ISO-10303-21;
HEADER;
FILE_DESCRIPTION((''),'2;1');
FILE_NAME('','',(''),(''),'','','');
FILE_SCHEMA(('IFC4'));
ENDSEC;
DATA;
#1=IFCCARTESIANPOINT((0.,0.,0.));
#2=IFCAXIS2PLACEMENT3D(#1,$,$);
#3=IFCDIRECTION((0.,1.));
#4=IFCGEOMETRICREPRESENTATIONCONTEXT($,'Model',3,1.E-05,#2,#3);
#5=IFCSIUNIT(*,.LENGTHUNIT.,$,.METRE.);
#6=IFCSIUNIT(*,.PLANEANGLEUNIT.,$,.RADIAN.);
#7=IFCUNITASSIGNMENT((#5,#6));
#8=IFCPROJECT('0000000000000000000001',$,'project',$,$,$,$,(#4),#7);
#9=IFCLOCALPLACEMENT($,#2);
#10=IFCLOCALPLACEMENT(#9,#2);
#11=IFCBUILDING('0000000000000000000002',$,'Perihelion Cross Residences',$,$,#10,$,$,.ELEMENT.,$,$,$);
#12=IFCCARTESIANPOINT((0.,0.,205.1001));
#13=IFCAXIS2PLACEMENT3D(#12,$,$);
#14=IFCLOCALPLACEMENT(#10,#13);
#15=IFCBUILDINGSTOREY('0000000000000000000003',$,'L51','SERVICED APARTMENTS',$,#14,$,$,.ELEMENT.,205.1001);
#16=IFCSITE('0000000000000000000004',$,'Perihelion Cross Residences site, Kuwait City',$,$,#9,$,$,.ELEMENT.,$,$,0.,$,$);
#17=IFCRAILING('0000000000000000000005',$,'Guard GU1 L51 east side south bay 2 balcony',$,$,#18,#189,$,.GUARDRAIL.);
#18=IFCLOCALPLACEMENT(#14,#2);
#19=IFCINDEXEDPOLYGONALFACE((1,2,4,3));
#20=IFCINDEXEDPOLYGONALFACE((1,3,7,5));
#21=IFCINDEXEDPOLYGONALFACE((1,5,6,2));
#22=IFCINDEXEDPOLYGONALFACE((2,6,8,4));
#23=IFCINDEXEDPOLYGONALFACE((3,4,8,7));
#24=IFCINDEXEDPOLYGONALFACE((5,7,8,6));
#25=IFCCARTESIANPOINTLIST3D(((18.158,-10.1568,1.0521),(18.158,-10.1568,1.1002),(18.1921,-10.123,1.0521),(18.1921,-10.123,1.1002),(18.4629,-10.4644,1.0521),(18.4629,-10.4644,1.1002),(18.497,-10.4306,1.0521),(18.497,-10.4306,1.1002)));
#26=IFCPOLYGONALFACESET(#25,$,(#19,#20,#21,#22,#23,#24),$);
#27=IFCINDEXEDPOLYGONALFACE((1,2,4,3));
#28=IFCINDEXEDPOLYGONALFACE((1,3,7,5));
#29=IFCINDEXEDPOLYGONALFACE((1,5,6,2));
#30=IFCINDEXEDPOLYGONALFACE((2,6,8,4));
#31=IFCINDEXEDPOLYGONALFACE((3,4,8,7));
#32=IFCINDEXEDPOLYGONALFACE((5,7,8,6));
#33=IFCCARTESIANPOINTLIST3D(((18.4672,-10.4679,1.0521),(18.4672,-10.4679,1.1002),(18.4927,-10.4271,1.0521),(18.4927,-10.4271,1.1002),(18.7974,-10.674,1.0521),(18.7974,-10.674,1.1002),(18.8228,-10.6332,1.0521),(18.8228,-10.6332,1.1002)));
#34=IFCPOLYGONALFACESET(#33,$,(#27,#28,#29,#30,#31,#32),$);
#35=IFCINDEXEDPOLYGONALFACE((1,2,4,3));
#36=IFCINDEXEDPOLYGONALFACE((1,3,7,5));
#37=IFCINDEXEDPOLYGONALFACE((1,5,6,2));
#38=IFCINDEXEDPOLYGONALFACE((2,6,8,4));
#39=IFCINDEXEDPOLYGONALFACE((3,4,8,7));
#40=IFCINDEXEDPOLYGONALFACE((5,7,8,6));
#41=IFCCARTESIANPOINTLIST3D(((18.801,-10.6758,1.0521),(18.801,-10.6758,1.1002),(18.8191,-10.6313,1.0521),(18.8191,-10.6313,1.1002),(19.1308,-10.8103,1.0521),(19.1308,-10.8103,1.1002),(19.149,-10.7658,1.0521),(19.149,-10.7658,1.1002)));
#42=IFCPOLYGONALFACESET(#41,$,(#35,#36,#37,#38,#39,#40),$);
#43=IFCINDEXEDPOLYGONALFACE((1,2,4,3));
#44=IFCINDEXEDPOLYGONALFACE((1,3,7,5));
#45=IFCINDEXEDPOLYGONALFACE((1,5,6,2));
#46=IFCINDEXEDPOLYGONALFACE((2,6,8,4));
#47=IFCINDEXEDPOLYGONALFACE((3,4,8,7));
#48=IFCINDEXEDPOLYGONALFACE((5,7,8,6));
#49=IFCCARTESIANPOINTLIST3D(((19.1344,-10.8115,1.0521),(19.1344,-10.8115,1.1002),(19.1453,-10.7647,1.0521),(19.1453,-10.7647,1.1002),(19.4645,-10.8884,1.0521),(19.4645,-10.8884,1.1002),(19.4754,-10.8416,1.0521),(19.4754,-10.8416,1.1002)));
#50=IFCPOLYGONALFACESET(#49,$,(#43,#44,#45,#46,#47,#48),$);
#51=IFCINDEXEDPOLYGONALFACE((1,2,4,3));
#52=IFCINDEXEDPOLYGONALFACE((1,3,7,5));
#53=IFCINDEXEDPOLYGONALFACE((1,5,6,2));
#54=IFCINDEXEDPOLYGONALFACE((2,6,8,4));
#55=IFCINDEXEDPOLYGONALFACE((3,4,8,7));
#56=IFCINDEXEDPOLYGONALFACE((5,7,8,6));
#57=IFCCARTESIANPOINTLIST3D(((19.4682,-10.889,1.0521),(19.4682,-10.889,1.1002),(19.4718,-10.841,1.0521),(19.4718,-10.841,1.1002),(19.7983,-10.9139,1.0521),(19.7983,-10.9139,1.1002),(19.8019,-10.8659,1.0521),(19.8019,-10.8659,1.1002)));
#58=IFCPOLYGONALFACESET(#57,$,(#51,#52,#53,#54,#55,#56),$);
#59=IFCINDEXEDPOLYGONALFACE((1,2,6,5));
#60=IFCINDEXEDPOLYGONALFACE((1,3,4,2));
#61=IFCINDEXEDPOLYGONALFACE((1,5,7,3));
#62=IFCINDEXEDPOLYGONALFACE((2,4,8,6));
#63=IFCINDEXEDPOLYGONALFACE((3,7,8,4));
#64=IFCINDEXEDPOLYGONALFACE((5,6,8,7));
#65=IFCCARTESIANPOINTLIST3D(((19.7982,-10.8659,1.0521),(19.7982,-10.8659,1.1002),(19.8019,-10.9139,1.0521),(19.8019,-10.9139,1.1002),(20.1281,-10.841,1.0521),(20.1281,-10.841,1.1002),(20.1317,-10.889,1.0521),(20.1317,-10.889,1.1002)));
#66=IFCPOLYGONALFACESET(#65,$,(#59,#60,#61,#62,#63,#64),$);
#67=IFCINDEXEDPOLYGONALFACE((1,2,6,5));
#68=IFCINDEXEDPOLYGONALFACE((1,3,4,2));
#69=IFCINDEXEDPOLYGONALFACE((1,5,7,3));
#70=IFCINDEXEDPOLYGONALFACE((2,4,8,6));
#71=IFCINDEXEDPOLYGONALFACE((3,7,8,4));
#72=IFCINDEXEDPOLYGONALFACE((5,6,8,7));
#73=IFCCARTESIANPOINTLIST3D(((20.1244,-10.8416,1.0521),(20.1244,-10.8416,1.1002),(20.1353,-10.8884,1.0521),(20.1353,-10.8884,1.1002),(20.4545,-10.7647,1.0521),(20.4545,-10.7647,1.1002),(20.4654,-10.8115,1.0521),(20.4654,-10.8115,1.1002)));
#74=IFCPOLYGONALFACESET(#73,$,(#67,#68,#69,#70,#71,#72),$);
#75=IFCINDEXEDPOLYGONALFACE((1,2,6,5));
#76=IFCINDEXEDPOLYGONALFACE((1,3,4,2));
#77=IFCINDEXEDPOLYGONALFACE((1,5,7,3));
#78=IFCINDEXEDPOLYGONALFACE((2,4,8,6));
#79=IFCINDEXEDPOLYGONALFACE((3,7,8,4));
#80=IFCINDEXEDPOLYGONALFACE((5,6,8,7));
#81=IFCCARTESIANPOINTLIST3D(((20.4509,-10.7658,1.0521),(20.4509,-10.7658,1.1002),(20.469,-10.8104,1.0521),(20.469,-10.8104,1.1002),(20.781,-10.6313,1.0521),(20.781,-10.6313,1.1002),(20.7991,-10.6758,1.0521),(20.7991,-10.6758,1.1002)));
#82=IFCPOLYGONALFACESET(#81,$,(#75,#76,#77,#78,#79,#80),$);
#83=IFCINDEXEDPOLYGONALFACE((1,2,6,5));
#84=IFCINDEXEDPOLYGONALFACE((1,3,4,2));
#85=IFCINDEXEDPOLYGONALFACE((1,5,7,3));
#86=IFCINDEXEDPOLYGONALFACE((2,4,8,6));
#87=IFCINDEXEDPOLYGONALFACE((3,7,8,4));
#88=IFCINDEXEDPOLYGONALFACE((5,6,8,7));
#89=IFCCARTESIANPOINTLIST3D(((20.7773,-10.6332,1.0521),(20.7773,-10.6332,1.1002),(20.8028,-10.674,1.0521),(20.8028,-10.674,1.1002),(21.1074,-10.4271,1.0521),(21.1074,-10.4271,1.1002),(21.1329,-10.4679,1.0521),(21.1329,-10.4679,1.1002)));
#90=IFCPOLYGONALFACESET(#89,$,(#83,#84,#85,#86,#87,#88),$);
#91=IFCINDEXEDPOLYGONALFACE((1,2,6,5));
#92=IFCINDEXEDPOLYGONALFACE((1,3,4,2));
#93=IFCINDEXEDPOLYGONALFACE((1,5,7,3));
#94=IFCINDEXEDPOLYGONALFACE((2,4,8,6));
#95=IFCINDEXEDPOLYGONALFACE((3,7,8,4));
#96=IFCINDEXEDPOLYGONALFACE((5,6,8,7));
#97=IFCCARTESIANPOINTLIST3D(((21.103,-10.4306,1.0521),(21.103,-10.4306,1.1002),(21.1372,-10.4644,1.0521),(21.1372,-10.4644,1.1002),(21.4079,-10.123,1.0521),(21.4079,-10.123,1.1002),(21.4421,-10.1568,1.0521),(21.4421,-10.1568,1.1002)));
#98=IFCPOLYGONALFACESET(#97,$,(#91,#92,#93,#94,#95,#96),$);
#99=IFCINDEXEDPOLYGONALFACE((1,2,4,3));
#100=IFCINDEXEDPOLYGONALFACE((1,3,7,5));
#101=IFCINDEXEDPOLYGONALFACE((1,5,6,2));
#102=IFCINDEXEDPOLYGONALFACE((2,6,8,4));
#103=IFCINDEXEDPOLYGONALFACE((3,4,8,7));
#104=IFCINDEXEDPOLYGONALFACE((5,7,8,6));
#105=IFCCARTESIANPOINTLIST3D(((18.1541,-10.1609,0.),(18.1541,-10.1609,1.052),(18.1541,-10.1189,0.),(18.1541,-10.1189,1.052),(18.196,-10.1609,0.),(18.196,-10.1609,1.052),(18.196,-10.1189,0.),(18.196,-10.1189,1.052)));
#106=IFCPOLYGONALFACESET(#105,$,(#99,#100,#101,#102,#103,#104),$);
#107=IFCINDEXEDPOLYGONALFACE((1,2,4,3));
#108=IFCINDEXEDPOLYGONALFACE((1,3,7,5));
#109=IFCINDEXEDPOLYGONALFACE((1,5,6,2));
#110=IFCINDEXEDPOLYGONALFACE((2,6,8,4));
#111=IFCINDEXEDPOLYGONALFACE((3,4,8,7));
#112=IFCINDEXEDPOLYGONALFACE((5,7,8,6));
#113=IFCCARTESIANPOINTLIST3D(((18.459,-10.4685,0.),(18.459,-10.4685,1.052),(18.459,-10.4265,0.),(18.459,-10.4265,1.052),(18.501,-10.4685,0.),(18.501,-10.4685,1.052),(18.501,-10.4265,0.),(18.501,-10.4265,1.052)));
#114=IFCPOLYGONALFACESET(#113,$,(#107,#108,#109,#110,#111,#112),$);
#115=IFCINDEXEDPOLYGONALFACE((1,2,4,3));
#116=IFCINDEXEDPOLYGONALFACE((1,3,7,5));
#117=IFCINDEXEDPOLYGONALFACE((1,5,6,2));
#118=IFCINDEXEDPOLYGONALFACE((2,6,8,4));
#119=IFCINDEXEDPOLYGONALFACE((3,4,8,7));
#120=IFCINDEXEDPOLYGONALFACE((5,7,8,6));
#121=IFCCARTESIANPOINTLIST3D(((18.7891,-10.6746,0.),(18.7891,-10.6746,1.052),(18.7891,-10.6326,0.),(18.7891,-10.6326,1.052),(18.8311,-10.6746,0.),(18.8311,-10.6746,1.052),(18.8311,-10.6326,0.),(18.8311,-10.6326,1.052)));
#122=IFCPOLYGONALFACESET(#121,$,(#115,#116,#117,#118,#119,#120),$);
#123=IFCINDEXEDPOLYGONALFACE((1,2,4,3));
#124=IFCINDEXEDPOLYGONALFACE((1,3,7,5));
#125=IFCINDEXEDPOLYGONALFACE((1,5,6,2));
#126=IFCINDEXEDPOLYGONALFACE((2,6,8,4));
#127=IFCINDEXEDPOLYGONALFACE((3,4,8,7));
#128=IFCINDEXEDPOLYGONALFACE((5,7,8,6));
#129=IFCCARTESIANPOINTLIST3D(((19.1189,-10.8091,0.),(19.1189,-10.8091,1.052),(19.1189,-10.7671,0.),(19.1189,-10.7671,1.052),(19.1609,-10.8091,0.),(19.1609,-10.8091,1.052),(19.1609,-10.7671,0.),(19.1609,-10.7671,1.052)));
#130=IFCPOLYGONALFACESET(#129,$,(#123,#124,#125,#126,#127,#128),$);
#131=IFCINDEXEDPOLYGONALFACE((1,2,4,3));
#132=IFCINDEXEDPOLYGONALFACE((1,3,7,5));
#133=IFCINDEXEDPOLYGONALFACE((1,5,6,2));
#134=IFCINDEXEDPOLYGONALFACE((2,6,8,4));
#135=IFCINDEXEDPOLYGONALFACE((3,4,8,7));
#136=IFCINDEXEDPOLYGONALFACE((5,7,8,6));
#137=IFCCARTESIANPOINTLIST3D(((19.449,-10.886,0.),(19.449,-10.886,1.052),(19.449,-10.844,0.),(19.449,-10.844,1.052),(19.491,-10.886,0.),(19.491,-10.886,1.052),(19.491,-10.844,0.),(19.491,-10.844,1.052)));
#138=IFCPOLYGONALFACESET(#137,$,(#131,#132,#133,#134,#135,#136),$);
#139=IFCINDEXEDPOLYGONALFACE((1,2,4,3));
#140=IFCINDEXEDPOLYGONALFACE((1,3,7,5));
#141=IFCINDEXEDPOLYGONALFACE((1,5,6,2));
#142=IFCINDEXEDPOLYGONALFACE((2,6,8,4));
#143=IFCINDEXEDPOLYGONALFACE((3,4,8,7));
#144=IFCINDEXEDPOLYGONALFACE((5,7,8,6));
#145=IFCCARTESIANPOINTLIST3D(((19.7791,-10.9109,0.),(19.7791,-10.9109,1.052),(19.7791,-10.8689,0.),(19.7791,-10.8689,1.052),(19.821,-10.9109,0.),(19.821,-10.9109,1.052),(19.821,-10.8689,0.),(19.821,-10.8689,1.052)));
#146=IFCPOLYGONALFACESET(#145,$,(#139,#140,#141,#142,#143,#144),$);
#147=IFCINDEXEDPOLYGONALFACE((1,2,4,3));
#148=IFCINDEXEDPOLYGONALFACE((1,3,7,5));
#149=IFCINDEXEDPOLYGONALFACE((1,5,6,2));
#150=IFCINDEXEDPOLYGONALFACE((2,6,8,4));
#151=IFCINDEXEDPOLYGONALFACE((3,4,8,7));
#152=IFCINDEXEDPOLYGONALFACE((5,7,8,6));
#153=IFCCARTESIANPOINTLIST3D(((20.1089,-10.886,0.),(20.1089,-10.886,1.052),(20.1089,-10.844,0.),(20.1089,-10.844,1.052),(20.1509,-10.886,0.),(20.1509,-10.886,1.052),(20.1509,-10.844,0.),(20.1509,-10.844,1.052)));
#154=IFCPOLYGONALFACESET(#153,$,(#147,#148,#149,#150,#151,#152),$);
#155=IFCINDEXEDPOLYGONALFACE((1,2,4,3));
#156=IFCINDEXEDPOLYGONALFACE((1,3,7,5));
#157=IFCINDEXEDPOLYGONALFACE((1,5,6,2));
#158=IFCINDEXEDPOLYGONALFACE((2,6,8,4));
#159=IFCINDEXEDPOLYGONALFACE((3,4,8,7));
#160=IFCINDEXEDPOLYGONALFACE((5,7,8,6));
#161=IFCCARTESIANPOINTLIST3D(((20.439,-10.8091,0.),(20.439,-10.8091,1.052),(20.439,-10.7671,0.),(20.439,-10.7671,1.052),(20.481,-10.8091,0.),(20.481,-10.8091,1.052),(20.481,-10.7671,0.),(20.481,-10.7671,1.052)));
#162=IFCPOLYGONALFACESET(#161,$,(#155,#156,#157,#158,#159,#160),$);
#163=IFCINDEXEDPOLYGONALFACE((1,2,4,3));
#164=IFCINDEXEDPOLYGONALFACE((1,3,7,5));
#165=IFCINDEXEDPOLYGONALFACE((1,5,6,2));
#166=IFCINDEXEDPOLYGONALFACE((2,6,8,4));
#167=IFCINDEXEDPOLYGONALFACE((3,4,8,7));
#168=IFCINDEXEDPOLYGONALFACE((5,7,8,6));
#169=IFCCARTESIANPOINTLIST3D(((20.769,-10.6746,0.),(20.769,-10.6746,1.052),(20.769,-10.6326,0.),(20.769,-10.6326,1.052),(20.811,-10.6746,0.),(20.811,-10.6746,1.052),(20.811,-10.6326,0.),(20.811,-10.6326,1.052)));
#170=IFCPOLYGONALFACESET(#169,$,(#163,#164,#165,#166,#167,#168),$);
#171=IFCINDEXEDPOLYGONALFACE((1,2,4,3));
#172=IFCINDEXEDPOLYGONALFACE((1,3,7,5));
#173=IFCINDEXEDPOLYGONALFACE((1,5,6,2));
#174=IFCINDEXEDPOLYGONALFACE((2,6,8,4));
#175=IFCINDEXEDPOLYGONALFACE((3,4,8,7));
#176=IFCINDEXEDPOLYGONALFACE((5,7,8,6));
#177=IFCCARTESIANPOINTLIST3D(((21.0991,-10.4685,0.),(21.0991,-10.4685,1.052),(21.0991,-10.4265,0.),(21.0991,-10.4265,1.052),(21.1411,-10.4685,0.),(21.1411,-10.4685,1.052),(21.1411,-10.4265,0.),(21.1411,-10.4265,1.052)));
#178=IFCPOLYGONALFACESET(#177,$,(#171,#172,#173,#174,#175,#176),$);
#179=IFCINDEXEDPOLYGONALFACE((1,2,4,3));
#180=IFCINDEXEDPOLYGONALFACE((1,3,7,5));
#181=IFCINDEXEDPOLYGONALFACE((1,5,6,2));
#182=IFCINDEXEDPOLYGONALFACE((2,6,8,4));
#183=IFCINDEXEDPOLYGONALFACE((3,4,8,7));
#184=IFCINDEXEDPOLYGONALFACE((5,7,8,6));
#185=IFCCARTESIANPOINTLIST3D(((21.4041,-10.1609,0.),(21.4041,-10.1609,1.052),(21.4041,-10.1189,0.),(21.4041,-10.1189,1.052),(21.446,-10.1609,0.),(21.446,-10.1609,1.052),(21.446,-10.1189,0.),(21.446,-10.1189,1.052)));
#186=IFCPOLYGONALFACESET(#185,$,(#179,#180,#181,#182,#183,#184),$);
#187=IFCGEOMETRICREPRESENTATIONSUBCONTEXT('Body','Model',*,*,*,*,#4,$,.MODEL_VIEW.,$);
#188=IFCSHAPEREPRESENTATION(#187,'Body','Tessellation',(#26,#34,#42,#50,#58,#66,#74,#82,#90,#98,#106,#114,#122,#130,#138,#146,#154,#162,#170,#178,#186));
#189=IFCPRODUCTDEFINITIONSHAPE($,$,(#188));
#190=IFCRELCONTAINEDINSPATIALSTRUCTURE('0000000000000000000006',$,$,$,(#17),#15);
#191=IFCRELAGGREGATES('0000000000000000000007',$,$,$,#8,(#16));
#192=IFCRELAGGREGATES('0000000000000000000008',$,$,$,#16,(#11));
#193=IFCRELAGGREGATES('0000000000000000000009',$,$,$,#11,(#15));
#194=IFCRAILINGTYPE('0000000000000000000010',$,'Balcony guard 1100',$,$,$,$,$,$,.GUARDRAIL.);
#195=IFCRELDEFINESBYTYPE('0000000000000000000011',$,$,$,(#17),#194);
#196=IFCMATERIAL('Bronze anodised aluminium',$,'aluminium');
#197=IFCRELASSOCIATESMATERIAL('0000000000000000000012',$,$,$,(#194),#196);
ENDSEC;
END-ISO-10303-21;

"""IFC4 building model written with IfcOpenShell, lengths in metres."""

from ifc_helpers import new_model, si_unit, direction, frame, origin, origin_2d, place, context, subcontext, project, spatial, rectangle, extrude, material, type_object, element, save


model = new_model("IFC4")

# Units and contexts
model_context = context("Model", 3, precision=1e-05, world=origin(), true_north=direction((0.0, 1.0)))
body_context = subcontext(model_context, "Body", "Model", "MODEL_VIEW")
ifc_project = project(units=[si_unit("LENGTHUNIT", "METRE"), si_unit("PLANEANGLEUNIT", "RADIAN")], contexts=[model_context])

# Site, building, storey
site_placement = place(None, origin())
site = spatial("IfcSite", under=ifc_project, at=site_placement, Name="Perihelion Cross Residences site, Kuwait City", CompositionType="ELEMENT", RefElevation=0.0)
building_placement = place(site_placement, origin())
building = spatial("IfcBuilding", under=site, at=building_placement, Name="Perihelion Cross Residences", CompositionType="ELEMENT")
storey_placement = place(building_placement, frame((0.0, 0.0, 205.1001)))
storey = spatial("IfcBuildingStorey", under=building, at=storey_placement, Name="L51", Description="SERVICED APARTMENTS", CompositionType="ELEMENT", Elevation=205.1001)

# Railing
ifc_material_1 = material(Name="Bronze anodised aluminium", Category="aluminium")
railing_type = type_object("IfcRailingType", Name="Balcony guard 1100", PredefinedType="GUARDRAIL", material=ifc_material_1)
railing_1_placement = place(storey_placement, frame((18.175, -10.1399, 0.0)))
element("IfcRailing", 1, at=railing_1_placement, inside=storey, type_object=railing_type, Name="Guard GU1 L51 east side south bay 2 balcony", PredefinedType="GUARDRAIL", context=body_context, shape_type="SweptSolid", body=[
    extrude(rectangle(XDim=0.0481, YDim=0.0481, at=origin_2d()), frame((0.0, 0.0, 1.0762), z_axis=(0.704, -0.7102, 0.0), x_axis=(0.7102, 0.704, 0.0)), (0.0, 0.0, 1.0), 0.4331),
    extrude(rectangle(XDim=0.0481, YDim=0.0481, at=origin_2d()), frame((0.3049, -0.3076, 1.0762), z_axis=(0.84828, -0.529548, 0.0), x_axis=(0.529548, 0.84828, 0.0)), (0.0, 0.0, 1.0), 0.3892),
    extrude(rectangle(XDim=0.0481, YDim=0.0481, at=origin_2d()), frame((0.635, -0.5137, 1.0762), z_axis=(0.92595, -0.377645, 0.0), x_axis=(0.377645, 0.92595, 0.0)), (0.0, 0.0, 1.0), 0.3562),
    extrude(rectangle(XDim=0.0481, YDim=0.0481, at=origin_2d()), frame((0.9648, -0.6482, 1.0762), z_axis=(0.973916, -0.226911, 0.0), x_axis=(0.226911, 0.973916, 0.0)), (0.0, 0.0, 1.0), 0.3389),
    extrude(rectangle(XDim=0.0481, YDim=0.0481, at=origin_2d()), frame((1.2949, -0.7251, 1.0762), z_axis=(0.997166, -0.07523, 0.0), x_axis=(0.07523, 0.997166, 0.0)), (0.0, 0.0, 1.0), 0.3311),
    extrude(rectangle(XDim=0.0481, YDim=0.0481, at=origin_2d()), frame((1.625, -0.75, 1.0762), z_axis=(0.997162, 0.075285, 0.0), x_axis=(-0.075285, 0.997162, 0.0)), (0.0, 0.0, 1.0), 0.3308),
    extrude(rectangle(XDim=0.0481, YDim=0.0481, at=origin_2d()), frame((1.9548, -0.7251, 1.0762), z_axis=(0.973916, 0.226911, 0.0), x_axis=(-0.226911, 0.973916, 0.0)), (0.0, 0.0, 1.0), 0.3389),
    extrude(rectangle(XDim=0.0481, YDim=0.0481, at=origin_2d()), frame((2.2849, -0.6482, 1.0762), z_axis=(0.926048, 0.377406, 0.0), x_axis=(-0.377406, 0.926048, 0.0)), (0.0, 0.0, 1.0), 0.3564),
    extrude(rectangle(XDim=0.0481, YDim=0.0481, at=origin_2d()), frame((2.615, -0.5137, 1.0762), z_axis=(0.84828, 0.529548, 0.0), x_axis=(-0.529548, 0.84828, 0.0)), (0.0, 0.0, 1.0), 0.3892),
    extrude(rectangle(XDim=0.0481, YDim=0.0481, at=origin_2d()), frame((2.9451, -0.3076, 1.0762), z_axis=(0.704, 0.7102, 0.0), x_axis=(-0.7102, 0.704, 0.0)), (0.0, 0.0, 1.0), 0.4331),
    extrude(rectangle(XDim=0.042, YDim=0.042, at=origin_2d()), origin(), (0.0, 0.0, 1.0), 1.052),
    extrude(rectangle(XDim=0.042, YDim=0.042, at=origin_2d()), frame((0.3049, -0.3076, 0.0)), (0.0, 0.0, 1.0), 1.052),
    extrude(rectangle(XDim=0.042, YDim=0.042, at=origin_2d()), frame((0.635, -0.5137, 0.0)), (0.0, 0.0, 1.0), 1.052),
    extrude(rectangle(XDim=0.042, YDim=0.042, at=origin_2d()), frame((0.9648, -0.6482, 0.0)), (0.0, 0.0, 1.0), 1.052),
    extrude(rectangle(XDim=0.042, YDim=0.042, at=origin_2d()), frame((1.2949, -0.7251, 0.0)), (0.0, 0.0, 1.0), 1.052),
    extrude(rectangle(XDim=0.042, YDim=0.042, at=origin_2d()), frame((1.625, -0.75, 0.0)), (0.0, 0.0, 1.0), 1.052),
    extrude(rectangle(XDim=0.042, YDim=0.042, at=origin_2d()), frame((1.9548, -0.7251, 0.0)), (0.0, 0.0, 1.0), 1.052),
    extrude(rectangle(XDim=0.042, YDim=0.042, at=origin_2d()), frame((2.2849, -0.6482, 0.0)), (0.0, 0.0, 1.0), 1.052),
    extrude(rectangle(XDim=0.042, YDim=0.042, at=origin_2d()), frame((2.615, -0.5137, 0.0)), (0.0, 0.0, 1.0), 1.052),
    extrude(rectangle(XDim=0.042, YDim=0.042, at=origin_2d()), frame((2.9451, -0.3076, 0.0)), (0.0, 0.0, 1.0), 1.052),
    extrude(rectangle(XDim=0.042, YDim=0.042, at=origin_2d()), frame((3.25, 0.0, 0.0)), (0.0, 0.0, 1.0), 1.052),
])

save(model, "model.ifc")
